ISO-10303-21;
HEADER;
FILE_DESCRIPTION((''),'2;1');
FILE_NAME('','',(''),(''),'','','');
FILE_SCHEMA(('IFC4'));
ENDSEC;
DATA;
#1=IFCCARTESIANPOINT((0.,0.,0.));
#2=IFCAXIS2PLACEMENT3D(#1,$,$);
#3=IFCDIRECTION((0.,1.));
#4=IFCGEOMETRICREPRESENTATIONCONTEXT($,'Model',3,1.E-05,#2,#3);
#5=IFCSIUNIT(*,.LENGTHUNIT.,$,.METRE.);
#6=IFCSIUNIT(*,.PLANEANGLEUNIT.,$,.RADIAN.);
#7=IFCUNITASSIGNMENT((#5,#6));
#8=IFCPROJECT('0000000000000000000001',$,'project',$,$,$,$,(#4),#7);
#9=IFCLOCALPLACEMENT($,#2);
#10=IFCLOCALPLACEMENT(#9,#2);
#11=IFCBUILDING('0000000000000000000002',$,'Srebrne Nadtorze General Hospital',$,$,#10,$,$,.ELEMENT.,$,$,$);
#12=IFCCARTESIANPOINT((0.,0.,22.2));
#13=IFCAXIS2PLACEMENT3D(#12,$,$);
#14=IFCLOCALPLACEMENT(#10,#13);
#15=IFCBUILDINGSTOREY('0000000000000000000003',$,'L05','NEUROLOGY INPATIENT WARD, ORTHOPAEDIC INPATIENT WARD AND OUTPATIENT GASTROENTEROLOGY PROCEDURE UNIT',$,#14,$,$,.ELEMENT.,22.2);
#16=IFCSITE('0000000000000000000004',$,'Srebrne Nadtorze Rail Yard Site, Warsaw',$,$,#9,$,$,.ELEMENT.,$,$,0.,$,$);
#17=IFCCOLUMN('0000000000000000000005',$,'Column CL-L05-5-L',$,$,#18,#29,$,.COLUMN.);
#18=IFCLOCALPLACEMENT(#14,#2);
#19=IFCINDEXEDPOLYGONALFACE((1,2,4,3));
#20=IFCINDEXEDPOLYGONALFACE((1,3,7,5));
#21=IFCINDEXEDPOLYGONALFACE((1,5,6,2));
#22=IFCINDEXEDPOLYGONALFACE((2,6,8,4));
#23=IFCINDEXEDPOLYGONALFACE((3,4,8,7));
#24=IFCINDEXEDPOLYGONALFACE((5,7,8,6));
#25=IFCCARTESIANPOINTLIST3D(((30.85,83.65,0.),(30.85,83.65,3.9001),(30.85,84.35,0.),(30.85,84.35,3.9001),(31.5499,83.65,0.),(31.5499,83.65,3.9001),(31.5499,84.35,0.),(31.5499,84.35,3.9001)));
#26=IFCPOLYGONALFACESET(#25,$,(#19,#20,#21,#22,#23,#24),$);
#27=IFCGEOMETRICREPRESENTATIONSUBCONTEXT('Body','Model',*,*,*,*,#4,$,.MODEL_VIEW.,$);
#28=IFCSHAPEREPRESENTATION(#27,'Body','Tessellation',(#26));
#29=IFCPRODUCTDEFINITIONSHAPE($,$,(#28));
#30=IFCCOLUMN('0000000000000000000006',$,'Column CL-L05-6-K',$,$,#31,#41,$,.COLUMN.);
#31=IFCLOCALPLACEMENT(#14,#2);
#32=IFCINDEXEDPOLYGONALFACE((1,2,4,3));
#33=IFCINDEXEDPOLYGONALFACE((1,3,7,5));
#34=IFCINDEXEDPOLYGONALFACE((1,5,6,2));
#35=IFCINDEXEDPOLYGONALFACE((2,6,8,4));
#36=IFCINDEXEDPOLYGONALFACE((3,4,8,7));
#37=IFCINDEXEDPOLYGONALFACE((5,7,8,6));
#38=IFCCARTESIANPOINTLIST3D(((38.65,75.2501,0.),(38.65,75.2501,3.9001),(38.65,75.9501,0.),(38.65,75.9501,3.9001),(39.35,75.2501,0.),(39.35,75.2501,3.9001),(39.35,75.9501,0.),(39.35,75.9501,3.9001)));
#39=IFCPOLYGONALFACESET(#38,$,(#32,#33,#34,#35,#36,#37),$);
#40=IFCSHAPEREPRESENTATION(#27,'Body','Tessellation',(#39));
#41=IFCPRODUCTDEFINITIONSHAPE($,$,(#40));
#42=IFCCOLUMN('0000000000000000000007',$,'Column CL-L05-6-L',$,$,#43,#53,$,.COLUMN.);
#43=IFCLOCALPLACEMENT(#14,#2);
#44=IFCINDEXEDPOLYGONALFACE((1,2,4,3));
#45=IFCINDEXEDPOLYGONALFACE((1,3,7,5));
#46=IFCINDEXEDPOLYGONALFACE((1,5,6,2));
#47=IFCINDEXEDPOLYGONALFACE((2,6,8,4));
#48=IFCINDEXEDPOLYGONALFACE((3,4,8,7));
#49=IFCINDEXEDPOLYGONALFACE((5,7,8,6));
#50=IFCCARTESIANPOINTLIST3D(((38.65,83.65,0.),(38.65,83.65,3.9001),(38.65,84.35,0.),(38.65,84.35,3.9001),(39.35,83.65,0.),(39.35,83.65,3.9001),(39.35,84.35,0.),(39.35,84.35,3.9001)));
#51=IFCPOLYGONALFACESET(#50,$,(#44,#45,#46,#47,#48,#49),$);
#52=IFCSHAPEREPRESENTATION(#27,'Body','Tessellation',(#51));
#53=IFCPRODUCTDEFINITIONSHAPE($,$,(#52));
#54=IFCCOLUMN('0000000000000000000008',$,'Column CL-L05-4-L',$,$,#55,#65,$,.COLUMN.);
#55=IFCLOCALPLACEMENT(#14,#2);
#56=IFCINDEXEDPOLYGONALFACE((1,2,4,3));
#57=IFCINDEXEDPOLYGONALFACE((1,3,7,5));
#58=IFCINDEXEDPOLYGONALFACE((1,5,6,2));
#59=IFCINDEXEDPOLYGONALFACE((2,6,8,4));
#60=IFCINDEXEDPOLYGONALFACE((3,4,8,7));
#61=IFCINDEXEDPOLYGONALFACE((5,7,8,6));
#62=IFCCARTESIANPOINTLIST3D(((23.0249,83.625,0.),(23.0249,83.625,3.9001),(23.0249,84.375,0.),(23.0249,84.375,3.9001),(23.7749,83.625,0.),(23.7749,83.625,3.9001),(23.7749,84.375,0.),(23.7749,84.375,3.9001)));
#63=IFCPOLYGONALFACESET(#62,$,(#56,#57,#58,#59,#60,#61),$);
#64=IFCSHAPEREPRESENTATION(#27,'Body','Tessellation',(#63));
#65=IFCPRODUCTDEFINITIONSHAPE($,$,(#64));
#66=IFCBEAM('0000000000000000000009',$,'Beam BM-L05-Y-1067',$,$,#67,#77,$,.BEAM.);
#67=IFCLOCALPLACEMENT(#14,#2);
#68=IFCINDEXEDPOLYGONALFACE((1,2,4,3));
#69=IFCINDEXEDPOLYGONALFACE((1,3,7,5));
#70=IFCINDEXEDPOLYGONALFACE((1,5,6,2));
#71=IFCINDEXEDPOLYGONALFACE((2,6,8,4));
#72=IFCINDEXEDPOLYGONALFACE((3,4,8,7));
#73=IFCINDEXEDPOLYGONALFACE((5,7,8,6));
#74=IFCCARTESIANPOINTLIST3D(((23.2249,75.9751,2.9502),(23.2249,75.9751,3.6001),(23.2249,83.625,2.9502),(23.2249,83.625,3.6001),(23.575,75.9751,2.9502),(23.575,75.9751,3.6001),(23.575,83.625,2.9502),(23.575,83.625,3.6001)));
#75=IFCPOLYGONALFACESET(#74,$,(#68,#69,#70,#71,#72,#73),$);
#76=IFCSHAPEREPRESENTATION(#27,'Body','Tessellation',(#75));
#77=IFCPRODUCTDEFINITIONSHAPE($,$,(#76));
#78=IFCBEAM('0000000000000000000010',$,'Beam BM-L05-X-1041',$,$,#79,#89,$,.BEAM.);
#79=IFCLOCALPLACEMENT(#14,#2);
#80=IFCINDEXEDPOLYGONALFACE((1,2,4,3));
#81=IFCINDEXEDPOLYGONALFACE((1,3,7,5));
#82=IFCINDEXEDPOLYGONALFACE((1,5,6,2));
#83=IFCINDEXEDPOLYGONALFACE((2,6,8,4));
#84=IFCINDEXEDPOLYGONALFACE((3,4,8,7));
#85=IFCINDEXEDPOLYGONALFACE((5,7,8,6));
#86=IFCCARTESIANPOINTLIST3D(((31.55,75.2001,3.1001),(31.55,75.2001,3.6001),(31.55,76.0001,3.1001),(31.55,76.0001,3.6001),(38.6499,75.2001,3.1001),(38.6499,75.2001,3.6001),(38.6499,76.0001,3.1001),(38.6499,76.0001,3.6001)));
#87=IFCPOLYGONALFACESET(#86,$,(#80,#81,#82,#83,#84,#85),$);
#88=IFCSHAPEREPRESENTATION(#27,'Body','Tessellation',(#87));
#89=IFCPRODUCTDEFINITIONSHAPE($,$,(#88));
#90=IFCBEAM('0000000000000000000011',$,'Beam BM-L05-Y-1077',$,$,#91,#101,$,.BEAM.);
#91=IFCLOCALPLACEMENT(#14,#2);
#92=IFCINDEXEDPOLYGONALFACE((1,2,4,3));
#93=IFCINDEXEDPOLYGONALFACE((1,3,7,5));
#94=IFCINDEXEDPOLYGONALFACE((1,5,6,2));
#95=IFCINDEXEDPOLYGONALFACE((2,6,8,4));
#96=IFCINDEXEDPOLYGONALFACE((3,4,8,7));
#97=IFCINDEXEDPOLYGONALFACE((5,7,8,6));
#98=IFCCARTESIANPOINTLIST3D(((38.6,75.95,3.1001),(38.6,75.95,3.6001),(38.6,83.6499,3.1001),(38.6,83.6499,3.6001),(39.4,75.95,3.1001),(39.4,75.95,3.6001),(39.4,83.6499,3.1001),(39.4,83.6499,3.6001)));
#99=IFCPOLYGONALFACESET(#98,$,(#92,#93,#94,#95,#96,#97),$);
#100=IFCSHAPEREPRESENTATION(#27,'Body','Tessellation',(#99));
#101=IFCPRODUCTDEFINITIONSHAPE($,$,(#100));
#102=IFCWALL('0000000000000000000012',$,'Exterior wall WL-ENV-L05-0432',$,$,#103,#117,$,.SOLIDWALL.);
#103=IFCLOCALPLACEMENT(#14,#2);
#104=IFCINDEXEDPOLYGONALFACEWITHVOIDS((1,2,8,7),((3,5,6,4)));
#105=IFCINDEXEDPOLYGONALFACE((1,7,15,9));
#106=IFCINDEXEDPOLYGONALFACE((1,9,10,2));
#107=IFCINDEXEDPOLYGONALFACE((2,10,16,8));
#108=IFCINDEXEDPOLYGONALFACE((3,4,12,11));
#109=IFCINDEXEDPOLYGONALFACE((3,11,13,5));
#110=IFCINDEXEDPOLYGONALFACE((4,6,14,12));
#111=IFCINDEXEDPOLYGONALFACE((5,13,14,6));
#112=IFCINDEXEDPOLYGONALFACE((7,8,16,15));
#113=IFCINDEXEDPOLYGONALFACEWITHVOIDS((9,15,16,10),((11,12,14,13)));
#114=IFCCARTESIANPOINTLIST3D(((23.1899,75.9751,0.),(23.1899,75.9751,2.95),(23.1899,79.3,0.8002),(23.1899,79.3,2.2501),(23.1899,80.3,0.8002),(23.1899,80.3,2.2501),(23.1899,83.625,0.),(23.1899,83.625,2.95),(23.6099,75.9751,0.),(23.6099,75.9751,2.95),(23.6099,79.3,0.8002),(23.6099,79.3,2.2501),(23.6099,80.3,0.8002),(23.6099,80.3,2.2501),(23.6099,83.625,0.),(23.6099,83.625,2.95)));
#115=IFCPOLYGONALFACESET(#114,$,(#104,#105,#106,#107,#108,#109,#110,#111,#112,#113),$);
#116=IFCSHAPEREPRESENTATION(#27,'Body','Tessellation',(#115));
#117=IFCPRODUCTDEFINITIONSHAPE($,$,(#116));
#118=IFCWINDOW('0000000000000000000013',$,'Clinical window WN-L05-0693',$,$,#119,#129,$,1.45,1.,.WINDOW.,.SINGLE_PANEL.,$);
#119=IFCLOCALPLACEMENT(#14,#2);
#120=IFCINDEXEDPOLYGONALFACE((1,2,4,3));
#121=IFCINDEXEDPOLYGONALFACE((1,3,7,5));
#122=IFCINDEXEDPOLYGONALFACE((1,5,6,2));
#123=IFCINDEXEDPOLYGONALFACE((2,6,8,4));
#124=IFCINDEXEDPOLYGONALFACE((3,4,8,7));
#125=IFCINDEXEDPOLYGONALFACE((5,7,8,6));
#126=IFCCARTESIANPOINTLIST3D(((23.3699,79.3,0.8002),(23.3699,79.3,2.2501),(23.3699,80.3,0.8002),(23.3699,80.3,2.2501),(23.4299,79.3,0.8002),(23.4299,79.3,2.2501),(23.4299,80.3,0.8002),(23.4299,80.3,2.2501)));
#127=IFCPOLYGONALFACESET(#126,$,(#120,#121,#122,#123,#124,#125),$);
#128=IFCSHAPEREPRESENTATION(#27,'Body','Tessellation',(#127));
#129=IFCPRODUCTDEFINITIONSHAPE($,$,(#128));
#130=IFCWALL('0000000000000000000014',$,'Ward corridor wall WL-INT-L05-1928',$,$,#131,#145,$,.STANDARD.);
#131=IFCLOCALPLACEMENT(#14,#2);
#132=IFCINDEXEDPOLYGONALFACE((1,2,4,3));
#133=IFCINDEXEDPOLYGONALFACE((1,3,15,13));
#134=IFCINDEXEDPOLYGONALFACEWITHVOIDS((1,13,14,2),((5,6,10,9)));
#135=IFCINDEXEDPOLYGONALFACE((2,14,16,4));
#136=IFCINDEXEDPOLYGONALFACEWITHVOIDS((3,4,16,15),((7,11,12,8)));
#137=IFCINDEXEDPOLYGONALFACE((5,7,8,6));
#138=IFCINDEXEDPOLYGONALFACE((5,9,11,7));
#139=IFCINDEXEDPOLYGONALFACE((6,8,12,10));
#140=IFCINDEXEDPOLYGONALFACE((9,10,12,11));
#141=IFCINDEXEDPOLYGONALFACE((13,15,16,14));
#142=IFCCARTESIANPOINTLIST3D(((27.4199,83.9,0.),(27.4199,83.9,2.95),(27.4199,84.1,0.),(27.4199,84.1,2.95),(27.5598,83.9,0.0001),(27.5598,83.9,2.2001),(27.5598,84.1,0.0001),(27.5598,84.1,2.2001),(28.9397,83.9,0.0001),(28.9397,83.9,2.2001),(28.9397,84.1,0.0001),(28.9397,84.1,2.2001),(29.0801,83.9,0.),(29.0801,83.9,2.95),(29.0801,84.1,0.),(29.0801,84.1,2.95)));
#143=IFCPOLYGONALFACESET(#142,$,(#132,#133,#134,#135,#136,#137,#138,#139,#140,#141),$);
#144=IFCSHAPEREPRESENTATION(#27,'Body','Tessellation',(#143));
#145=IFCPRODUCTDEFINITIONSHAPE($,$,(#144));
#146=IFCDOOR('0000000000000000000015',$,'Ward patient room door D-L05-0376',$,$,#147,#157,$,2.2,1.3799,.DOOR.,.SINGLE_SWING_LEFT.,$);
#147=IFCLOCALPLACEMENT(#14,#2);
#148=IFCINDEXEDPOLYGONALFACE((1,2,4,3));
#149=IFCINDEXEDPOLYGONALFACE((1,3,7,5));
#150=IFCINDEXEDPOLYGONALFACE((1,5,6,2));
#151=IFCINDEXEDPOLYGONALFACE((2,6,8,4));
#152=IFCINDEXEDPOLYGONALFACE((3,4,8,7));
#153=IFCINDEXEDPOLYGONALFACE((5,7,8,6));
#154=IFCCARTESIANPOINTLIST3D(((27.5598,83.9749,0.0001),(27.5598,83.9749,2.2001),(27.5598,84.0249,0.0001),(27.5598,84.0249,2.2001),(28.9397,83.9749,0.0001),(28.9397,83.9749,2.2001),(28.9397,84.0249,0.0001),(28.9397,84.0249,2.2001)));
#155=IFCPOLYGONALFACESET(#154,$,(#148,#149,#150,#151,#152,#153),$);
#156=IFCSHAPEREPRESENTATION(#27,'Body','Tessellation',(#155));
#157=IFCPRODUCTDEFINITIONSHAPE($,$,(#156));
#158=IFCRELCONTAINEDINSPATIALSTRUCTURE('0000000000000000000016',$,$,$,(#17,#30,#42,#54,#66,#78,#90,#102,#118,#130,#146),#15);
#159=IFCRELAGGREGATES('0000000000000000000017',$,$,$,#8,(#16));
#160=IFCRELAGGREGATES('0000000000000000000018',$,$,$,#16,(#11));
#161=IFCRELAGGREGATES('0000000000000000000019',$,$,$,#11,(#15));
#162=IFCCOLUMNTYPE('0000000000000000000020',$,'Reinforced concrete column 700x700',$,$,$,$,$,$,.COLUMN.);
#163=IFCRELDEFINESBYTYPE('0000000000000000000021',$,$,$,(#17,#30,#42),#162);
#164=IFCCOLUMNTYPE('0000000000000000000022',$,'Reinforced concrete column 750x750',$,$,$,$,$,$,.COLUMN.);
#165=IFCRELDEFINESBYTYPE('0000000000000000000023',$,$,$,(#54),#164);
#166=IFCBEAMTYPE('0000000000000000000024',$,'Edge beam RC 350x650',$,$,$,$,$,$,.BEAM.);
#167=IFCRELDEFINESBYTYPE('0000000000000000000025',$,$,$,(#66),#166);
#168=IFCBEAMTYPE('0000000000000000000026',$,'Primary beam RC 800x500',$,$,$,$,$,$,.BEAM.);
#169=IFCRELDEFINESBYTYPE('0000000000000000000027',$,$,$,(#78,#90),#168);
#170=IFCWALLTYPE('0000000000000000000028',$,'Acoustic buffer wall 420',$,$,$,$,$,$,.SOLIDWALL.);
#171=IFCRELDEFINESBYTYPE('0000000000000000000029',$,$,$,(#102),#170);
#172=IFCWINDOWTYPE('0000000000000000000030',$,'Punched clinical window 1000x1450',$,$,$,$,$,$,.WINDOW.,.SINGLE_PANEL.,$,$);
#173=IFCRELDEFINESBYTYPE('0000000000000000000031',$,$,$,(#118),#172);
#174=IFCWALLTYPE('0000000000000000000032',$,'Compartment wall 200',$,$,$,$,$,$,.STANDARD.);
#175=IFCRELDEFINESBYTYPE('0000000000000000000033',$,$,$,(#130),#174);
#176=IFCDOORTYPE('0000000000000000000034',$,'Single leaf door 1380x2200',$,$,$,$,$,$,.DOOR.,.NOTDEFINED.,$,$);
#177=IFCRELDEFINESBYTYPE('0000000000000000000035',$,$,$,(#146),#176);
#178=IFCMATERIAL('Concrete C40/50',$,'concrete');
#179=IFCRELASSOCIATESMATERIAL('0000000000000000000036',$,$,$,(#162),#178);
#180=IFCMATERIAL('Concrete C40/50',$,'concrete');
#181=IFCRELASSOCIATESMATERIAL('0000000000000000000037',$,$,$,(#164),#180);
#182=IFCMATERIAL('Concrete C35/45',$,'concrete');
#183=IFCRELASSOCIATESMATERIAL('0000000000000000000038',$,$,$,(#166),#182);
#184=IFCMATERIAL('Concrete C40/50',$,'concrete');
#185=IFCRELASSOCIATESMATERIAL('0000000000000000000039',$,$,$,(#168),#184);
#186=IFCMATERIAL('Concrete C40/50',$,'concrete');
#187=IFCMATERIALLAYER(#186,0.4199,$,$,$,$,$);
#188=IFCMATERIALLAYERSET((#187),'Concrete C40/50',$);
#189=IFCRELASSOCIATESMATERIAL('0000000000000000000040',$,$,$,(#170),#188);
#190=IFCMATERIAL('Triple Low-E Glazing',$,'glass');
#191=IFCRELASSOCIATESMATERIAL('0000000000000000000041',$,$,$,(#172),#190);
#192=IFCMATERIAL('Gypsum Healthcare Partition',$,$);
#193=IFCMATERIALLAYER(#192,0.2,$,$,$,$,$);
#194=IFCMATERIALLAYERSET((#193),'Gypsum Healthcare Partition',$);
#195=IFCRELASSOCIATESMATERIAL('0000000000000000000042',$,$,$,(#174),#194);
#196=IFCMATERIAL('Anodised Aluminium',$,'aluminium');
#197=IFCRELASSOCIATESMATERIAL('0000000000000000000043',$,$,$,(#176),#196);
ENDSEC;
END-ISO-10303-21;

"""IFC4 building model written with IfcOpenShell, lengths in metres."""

from ifc_helpers import new_model, si_unit, direction, frame, frame_2d, origin, origin_2d, place, context, subcontext, project, spatial, rectangle, extrude, material, layer, layer_set, material_profile, profile_set, type_object, element, fill, save


model = new_model("IFC4")

# Units and contexts
model_context = context("Model", 3, precision=1e-05, world=origin(), true_north=direction((0.0, 1.0)))
body_context = subcontext(model_context, "Body", "Model", "MODEL_VIEW")
ifc_project = project(units=[si_unit("LENGTHUNIT", "METRE"), si_unit("PLANEANGLEUNIT", "RADIAN")], contexts=[model_context])

# Site, building, storey
site_placement = place(None, origin())
site = spatial("IfcSite", under=ifc_project, at=site_placement, Name="Srebrne Nadtorze Rail Yard Site, Warsaw", CompositionType="ELEMENT", RefElevation=0.0)
building_placement = place(site_placement, origin())
building = spatial("IfcBuilding", under=site, at=building_placement, Name="Srebrne Nadtorze General Hospital", CompositionType="ELEMENT")
storey_placement = place(building_placement, frame((0.0, 0.0, 22.2)))
storey = spatial("IfcBuildingStorey", under=building, at=storey_placement, Name="L05", Description="NEUROLOGY INPATIENT WARD, ORTHOPAEDIC INPATIENT WARD AND OUTPATIENT GASTROENTEROLOGY PROCEDURE UNIT", CompositionType="ELEMENT", Elevation=22.2)

# Columns
ifc_material_1 = material(Name="Concrete C40/50", Category="concrete")
ifc_material_profile_1 = material_profile(ifc_material_1, rectangle(XDim=0.7, YDim=0.7, at=origin_2d()), Name="RC-COL-700x700")
ifc_profile_set_1 = profile_set([ifc_material_profile_1], Name="Concrete C40/50")
column_type_1 = type_object("IfcColumnType", Name="Reinforced concrete column 700x700", PredefinedType="COLUMN", material=ifc_profile_set_1)
for number, where, z_axis, x_axis, name in (
    (1, (31.2, 84.0, 0.0), (0.0, 0.0, 1.0), (1.0, 0.0, 0.0), "Column CL-L05-5-L"),
    (2, (39.0, 75.6001, 0.0), (0.0, 0.0, 1.0), (1.0, 0.0, 0.0), "Column CL-L05-6-K"),
    (3, (39.0, 84.0, 0.0), (0.0, 0.0, 1.0), (1.0, 0.0, 0.0), "Column CL-L05-6-L"),
):
    element("IfcColumn", number, at=place(storey_placement, frame(where, z_axis=z_axis, x_axis=x_axis)), inside=storey, type_object=column_type_1, Name=name, PredefinedType="COLUMN", context=body_context, shape_type="SweptSolid", body=[
        extrude(rectangle(XDim=0.7, YDim=0.7, at=origin_2d()), origin(), (0.0, 0.0, 1.0), 3.9001),
    ])
ifc_material_2 = material(Name="Concrete C40/50", Category="concrete")
ifc_material_profile_2 = material_profile(ifc_material_2, rectangle(XDim=0.75, YDim=0.75, at=origin_2d()), Name="RC-COL-750x750")
ifc_profile_set_2 = profile_set([ifc_material_profile_2], Name="Concrete C40/50")
column_type_2 = type_object("IfcColumnType", Name="Reinforced concrete column 750x750", PredefinedType="COLUMN", material=ifc_profile_set_2)
column_placement = place(storey_placement, frame((23.3999, 84.0, 0.0), z_axis=(0.0, 0.0, 1.0), x_axis=(1.0, 0.0, 0.0)))
element("IfcColumn", 4, at=column_placement, inside=storey, type_object=column_type_2, Name="Column CL-L05-4-L", PredefinedType="COLUMN", context=body_context, shape_type="SweptSolid", body=[
    extrude(rectangle(XDim=0.75, YDim=0.75, at=origin_2d()), origin(), (0.0, 0.0, 1.0), 3.9001),
])

# Beams
ifc_material_3 = material(Name="Concrete C35/45", Category="concrete")
ifc_material_profile_3 = material_profile(ifc_material_3, rectangle(XDim=0.3501, YDim=0.6499, at=origin_2d()), Name="RC-BM-350x650")
ifc_profile_set_3 = profile_set([ifc_material_profile_3], Name="Concrete C35/45")
beam_type_1 = type_object("IfcBeamType", Name="Edge beam RC 350x650", PredefinedType="BEAM", material=ifc_profile_set_3)
beam_1_placement = place(storey_placement, frame((23.3999, 75.9751, 3.2751), z_axis=(0.0, 1.0, 0.0), x_axis=(-1.0, 0.0, 0.0)))
element("IfcBeam", 5, at=beam_1_placement, inside=storey, type_object=beam_type_1, Name="Beam BM-L05-Y-1067", PredefinedType="BEAM", context=body_context, shape_type="SweptSolid", body=[
    extrude(rectangle(XDim=0.3501, YDim=0.6499, at=origin_2d()), origin(), (0.0, 0.0, 1.0), 7.6499),
])
ifc_material_4 = material(Name="Concrete C40/50", Category="concrete")
ifc_material_profile_4 = material_profile(ifc_material_4, rectangle(XDim=0.8, YDim=0.5, at=origin_2d()), Name="RC-BM-800x500")
ifc_profile_set_4 = profile_set([ifc_material_profile_4], Name="Concrete C40/50")
beam_type_2 = type_object("IfcBeamType", Name="Primary beam RC 800x500", PredefinedType="BEAM", material=ifc_profile_set_4)
beam_2_placement = place(storey_placement, frame((31.55, 75.6001, 3.3501), z_axis=(1.0, 0.0, 0.0), x_axis=(0.0, 1.0, 0.0)))
element("IfcBeam", 6, at=beam_2_placement, inside=storey, type_object=beam_type_2, Name="Beam BM-L05-X-1041", PredefinedType="BEAM", context=body_context, shape_type="SweptSolid", body=[
    extrude(rectangle(XDim=0.8, YDim=0.5, at=origin_2d()), origin(), (0.0, 0.0, 1.0), 7.0999),
])
beam_3_placement = place(storey_placement, frame((39.0, 75.95, 3.3501), z_axis=(0.0, 1.0, 0.0), x_axis=(-1.0, 0.0, 0.0)))
element("IfcBeam", 7, at=beam_3_placement, inside=storey, type_object=beam_type_2, Name="Beam BM-L05-Y-1077", PredefinedType="BEAM", context=body_context, shape_type="SweptSolid", body=[
    extrude(rectangle(XDim=0.8, YDim=0.5, at=origin_2d()), origin(), (0.0, 0.0, 1.0), 7.7),
])

# Wall, opening, window
ifc_material_5 = material(Name="Concrete C40/50", Category="concrete")
ifc_layer_1 = layer(ifc_material_5, 0.4199)
ifc_layer_set_1 = layer_set([ifc_layer_1], Name="Concrete C40/50")
wall_type_1 = type_object("IfcWallType", Name="Acoustic buffer wall 420", PredefinedType="SOLIDWALL", material=ifc_layer_set_1)
wall_1_placement = place(storey_placement, frame((23.3999, 75.9751, 0.0), z_axis=(0.0, 0.0, 1.0), x_axis=(0.0, 1.0, 0.0)))
wall_1 = element("IfcWall", 8, at=wall_1_placement, inside=storey, type_object=wall_type_1, Name="Exterior wall WL-ENV-L05-0432", PredefinedType="SOLIDWALL", context=body_context, shape_type="SweptSolid", body=[
    extrude(rectangle(XDim=7.6499, YDim=0.4199, at=frame_2d((3.825, 0.0))), origin(), (0.0, 0.0, 1.0), 2.95),
])
opening_1_placement = place(wall_1_placement, frame((3.325, 0.0, 0.8)))
opening_1 = element("IfcOpeningElement", 9, at=opening_1_placement, cuts=wall_1, PredefinedType="OPENING", context=body_context, shape_type="SweptSolid", body=[
    extrude(rectangle(XDim=1.0, YDim=1.45, at=frame_2d((0.5, 0.7251))), frame((0.0, 0.2219, 0.0), z_axis=(0.0, -1.0, 0.0), x_axis=(1.0, 0.0, 0.0)), (0.0, 0.0, 1.0), 0.4438),
])
ifc_material_6 = material(Name="Triple Low-E Glazing", Category="glass")
window_type = type_object("IfcWindowType", Name="Punched clinical window 1000x1450", PartitioningType="SINGLE_PANEL", PredefinedType="WINDOW", material=ifc_material_6)
window_placement = place(opening_1_placement, origin())
window = element("IfcWindow", 10, at=window_placement, inside=storey, type_object=window_type, Name="Clinical window WN-L05-0693", OverallHeight=1.45, OverallWidth=1.0, PartitioningType="SINGLE_PANEL", PredefinedType="WINDOW", context=body_context, shape_type="SweptSolid", body=[
    extrude(rectangle(XDim=1.0, YDim=1.45, at=frame_2d((0.5, 0.7251))), frame((0.0, 0.03, 0.0), z_axis=(0.0, -1.0, 0.0), x_axis=(1.0, 0.0, 0.0)), (0.0, 0.0, 1.0), 0.0601),
])
fill(opening_1, window)

# Wall, opening, door
ifc_material_7 = material(Name="Gypsum Healthcare Partition")
ifc_layer_2 = layer(ifc_material_7, 0.2)
ifc_layer_set_2 = layer_set([ifc_layer_2], Name="Gypsum Healthcare Partition")
wall_type_2 = type_object("IfcWallType", Name="Compartment wall 200", PredefinedType="STANDARD", material=ifc_layer_set_2)
wall_2_placement = place(storey_placement, frame((27.4199, 84.0, 0.0), z_axis=(0.0, 0.0, 1.0), x_axis=(1.0, 0.0, 0.0)))
wall_2 = element("IfcWall", 11, at=wall_2_placement, inside=storey, type_object=wall_type_2, Name="Ward corridor wall WL-INT-L05-1928", PredefinedType="STANDARD", context=body_context, shape_type="SweptSolid", body=[
    extrude(rectangle(XDim=1.6602, YDim=0.2, at=frame_2d((0.8301, 0.0))), origin(), (0.0, 0.0, 1.0), 2.95),
])
opening_2_placement = place(wall_2_placement, frame((0.1399, 0.0, 0.0)))
opening_2 = element("IfcOpeningElement", 12, at=opening_2_placement, cuts=wall_2, PredefinedType="OPENING", context=body_context, shape_type="SweptSolid", body=[
    extrude(rectangle(XDim=1.3799, YDim=2.2, at=frame_2d((0.6899, 1.1001))), frame((0.0, 0.1118, 0.0), z_axis=(0.0, -1.0, 0.0), x_axis=(1.0, 0.0, 0.0)), (0.0, 0.0, 1.0), 0.2239),
])
ifc_material_8 = material(Name="Anodised Aluminium", Category="aluminium")
door_type_1 = type_object("IfcDoorType", Name="Single leaf door 1380x2200", OperationType="NOTDEFINED", PredefinedType="DOOR", material=ifc_material_8)
door_1_placement = place(opening_2_placement, origin())
door_1 = element("IfcDoor", 13, at=door_1_placement, inside=storey, type_object=door_type_1, Name="Ward patient room door D-L05-0376", OperationType="SINGLE_SWING_LEFT", OverallHeight=2.2, OverallWidth=1.3799, PredefinedType="DOOR", context=body_context, shape_type="SweptSolid", body=[
    extrude(rectangle(XDim=1.3799, YDim=2.2, at=frame_2d((0.6899, 1.1001))), frame((0.0, 0.0249, 0.0), z_axis=(0.0, -1.0, 0.0), x_axis=(1.0, 0.0, 0.0)), (0.0, 0.0, 1.0), 0.05),
])
fill(opening_2, door_1)

save(model, "model.ifc")
